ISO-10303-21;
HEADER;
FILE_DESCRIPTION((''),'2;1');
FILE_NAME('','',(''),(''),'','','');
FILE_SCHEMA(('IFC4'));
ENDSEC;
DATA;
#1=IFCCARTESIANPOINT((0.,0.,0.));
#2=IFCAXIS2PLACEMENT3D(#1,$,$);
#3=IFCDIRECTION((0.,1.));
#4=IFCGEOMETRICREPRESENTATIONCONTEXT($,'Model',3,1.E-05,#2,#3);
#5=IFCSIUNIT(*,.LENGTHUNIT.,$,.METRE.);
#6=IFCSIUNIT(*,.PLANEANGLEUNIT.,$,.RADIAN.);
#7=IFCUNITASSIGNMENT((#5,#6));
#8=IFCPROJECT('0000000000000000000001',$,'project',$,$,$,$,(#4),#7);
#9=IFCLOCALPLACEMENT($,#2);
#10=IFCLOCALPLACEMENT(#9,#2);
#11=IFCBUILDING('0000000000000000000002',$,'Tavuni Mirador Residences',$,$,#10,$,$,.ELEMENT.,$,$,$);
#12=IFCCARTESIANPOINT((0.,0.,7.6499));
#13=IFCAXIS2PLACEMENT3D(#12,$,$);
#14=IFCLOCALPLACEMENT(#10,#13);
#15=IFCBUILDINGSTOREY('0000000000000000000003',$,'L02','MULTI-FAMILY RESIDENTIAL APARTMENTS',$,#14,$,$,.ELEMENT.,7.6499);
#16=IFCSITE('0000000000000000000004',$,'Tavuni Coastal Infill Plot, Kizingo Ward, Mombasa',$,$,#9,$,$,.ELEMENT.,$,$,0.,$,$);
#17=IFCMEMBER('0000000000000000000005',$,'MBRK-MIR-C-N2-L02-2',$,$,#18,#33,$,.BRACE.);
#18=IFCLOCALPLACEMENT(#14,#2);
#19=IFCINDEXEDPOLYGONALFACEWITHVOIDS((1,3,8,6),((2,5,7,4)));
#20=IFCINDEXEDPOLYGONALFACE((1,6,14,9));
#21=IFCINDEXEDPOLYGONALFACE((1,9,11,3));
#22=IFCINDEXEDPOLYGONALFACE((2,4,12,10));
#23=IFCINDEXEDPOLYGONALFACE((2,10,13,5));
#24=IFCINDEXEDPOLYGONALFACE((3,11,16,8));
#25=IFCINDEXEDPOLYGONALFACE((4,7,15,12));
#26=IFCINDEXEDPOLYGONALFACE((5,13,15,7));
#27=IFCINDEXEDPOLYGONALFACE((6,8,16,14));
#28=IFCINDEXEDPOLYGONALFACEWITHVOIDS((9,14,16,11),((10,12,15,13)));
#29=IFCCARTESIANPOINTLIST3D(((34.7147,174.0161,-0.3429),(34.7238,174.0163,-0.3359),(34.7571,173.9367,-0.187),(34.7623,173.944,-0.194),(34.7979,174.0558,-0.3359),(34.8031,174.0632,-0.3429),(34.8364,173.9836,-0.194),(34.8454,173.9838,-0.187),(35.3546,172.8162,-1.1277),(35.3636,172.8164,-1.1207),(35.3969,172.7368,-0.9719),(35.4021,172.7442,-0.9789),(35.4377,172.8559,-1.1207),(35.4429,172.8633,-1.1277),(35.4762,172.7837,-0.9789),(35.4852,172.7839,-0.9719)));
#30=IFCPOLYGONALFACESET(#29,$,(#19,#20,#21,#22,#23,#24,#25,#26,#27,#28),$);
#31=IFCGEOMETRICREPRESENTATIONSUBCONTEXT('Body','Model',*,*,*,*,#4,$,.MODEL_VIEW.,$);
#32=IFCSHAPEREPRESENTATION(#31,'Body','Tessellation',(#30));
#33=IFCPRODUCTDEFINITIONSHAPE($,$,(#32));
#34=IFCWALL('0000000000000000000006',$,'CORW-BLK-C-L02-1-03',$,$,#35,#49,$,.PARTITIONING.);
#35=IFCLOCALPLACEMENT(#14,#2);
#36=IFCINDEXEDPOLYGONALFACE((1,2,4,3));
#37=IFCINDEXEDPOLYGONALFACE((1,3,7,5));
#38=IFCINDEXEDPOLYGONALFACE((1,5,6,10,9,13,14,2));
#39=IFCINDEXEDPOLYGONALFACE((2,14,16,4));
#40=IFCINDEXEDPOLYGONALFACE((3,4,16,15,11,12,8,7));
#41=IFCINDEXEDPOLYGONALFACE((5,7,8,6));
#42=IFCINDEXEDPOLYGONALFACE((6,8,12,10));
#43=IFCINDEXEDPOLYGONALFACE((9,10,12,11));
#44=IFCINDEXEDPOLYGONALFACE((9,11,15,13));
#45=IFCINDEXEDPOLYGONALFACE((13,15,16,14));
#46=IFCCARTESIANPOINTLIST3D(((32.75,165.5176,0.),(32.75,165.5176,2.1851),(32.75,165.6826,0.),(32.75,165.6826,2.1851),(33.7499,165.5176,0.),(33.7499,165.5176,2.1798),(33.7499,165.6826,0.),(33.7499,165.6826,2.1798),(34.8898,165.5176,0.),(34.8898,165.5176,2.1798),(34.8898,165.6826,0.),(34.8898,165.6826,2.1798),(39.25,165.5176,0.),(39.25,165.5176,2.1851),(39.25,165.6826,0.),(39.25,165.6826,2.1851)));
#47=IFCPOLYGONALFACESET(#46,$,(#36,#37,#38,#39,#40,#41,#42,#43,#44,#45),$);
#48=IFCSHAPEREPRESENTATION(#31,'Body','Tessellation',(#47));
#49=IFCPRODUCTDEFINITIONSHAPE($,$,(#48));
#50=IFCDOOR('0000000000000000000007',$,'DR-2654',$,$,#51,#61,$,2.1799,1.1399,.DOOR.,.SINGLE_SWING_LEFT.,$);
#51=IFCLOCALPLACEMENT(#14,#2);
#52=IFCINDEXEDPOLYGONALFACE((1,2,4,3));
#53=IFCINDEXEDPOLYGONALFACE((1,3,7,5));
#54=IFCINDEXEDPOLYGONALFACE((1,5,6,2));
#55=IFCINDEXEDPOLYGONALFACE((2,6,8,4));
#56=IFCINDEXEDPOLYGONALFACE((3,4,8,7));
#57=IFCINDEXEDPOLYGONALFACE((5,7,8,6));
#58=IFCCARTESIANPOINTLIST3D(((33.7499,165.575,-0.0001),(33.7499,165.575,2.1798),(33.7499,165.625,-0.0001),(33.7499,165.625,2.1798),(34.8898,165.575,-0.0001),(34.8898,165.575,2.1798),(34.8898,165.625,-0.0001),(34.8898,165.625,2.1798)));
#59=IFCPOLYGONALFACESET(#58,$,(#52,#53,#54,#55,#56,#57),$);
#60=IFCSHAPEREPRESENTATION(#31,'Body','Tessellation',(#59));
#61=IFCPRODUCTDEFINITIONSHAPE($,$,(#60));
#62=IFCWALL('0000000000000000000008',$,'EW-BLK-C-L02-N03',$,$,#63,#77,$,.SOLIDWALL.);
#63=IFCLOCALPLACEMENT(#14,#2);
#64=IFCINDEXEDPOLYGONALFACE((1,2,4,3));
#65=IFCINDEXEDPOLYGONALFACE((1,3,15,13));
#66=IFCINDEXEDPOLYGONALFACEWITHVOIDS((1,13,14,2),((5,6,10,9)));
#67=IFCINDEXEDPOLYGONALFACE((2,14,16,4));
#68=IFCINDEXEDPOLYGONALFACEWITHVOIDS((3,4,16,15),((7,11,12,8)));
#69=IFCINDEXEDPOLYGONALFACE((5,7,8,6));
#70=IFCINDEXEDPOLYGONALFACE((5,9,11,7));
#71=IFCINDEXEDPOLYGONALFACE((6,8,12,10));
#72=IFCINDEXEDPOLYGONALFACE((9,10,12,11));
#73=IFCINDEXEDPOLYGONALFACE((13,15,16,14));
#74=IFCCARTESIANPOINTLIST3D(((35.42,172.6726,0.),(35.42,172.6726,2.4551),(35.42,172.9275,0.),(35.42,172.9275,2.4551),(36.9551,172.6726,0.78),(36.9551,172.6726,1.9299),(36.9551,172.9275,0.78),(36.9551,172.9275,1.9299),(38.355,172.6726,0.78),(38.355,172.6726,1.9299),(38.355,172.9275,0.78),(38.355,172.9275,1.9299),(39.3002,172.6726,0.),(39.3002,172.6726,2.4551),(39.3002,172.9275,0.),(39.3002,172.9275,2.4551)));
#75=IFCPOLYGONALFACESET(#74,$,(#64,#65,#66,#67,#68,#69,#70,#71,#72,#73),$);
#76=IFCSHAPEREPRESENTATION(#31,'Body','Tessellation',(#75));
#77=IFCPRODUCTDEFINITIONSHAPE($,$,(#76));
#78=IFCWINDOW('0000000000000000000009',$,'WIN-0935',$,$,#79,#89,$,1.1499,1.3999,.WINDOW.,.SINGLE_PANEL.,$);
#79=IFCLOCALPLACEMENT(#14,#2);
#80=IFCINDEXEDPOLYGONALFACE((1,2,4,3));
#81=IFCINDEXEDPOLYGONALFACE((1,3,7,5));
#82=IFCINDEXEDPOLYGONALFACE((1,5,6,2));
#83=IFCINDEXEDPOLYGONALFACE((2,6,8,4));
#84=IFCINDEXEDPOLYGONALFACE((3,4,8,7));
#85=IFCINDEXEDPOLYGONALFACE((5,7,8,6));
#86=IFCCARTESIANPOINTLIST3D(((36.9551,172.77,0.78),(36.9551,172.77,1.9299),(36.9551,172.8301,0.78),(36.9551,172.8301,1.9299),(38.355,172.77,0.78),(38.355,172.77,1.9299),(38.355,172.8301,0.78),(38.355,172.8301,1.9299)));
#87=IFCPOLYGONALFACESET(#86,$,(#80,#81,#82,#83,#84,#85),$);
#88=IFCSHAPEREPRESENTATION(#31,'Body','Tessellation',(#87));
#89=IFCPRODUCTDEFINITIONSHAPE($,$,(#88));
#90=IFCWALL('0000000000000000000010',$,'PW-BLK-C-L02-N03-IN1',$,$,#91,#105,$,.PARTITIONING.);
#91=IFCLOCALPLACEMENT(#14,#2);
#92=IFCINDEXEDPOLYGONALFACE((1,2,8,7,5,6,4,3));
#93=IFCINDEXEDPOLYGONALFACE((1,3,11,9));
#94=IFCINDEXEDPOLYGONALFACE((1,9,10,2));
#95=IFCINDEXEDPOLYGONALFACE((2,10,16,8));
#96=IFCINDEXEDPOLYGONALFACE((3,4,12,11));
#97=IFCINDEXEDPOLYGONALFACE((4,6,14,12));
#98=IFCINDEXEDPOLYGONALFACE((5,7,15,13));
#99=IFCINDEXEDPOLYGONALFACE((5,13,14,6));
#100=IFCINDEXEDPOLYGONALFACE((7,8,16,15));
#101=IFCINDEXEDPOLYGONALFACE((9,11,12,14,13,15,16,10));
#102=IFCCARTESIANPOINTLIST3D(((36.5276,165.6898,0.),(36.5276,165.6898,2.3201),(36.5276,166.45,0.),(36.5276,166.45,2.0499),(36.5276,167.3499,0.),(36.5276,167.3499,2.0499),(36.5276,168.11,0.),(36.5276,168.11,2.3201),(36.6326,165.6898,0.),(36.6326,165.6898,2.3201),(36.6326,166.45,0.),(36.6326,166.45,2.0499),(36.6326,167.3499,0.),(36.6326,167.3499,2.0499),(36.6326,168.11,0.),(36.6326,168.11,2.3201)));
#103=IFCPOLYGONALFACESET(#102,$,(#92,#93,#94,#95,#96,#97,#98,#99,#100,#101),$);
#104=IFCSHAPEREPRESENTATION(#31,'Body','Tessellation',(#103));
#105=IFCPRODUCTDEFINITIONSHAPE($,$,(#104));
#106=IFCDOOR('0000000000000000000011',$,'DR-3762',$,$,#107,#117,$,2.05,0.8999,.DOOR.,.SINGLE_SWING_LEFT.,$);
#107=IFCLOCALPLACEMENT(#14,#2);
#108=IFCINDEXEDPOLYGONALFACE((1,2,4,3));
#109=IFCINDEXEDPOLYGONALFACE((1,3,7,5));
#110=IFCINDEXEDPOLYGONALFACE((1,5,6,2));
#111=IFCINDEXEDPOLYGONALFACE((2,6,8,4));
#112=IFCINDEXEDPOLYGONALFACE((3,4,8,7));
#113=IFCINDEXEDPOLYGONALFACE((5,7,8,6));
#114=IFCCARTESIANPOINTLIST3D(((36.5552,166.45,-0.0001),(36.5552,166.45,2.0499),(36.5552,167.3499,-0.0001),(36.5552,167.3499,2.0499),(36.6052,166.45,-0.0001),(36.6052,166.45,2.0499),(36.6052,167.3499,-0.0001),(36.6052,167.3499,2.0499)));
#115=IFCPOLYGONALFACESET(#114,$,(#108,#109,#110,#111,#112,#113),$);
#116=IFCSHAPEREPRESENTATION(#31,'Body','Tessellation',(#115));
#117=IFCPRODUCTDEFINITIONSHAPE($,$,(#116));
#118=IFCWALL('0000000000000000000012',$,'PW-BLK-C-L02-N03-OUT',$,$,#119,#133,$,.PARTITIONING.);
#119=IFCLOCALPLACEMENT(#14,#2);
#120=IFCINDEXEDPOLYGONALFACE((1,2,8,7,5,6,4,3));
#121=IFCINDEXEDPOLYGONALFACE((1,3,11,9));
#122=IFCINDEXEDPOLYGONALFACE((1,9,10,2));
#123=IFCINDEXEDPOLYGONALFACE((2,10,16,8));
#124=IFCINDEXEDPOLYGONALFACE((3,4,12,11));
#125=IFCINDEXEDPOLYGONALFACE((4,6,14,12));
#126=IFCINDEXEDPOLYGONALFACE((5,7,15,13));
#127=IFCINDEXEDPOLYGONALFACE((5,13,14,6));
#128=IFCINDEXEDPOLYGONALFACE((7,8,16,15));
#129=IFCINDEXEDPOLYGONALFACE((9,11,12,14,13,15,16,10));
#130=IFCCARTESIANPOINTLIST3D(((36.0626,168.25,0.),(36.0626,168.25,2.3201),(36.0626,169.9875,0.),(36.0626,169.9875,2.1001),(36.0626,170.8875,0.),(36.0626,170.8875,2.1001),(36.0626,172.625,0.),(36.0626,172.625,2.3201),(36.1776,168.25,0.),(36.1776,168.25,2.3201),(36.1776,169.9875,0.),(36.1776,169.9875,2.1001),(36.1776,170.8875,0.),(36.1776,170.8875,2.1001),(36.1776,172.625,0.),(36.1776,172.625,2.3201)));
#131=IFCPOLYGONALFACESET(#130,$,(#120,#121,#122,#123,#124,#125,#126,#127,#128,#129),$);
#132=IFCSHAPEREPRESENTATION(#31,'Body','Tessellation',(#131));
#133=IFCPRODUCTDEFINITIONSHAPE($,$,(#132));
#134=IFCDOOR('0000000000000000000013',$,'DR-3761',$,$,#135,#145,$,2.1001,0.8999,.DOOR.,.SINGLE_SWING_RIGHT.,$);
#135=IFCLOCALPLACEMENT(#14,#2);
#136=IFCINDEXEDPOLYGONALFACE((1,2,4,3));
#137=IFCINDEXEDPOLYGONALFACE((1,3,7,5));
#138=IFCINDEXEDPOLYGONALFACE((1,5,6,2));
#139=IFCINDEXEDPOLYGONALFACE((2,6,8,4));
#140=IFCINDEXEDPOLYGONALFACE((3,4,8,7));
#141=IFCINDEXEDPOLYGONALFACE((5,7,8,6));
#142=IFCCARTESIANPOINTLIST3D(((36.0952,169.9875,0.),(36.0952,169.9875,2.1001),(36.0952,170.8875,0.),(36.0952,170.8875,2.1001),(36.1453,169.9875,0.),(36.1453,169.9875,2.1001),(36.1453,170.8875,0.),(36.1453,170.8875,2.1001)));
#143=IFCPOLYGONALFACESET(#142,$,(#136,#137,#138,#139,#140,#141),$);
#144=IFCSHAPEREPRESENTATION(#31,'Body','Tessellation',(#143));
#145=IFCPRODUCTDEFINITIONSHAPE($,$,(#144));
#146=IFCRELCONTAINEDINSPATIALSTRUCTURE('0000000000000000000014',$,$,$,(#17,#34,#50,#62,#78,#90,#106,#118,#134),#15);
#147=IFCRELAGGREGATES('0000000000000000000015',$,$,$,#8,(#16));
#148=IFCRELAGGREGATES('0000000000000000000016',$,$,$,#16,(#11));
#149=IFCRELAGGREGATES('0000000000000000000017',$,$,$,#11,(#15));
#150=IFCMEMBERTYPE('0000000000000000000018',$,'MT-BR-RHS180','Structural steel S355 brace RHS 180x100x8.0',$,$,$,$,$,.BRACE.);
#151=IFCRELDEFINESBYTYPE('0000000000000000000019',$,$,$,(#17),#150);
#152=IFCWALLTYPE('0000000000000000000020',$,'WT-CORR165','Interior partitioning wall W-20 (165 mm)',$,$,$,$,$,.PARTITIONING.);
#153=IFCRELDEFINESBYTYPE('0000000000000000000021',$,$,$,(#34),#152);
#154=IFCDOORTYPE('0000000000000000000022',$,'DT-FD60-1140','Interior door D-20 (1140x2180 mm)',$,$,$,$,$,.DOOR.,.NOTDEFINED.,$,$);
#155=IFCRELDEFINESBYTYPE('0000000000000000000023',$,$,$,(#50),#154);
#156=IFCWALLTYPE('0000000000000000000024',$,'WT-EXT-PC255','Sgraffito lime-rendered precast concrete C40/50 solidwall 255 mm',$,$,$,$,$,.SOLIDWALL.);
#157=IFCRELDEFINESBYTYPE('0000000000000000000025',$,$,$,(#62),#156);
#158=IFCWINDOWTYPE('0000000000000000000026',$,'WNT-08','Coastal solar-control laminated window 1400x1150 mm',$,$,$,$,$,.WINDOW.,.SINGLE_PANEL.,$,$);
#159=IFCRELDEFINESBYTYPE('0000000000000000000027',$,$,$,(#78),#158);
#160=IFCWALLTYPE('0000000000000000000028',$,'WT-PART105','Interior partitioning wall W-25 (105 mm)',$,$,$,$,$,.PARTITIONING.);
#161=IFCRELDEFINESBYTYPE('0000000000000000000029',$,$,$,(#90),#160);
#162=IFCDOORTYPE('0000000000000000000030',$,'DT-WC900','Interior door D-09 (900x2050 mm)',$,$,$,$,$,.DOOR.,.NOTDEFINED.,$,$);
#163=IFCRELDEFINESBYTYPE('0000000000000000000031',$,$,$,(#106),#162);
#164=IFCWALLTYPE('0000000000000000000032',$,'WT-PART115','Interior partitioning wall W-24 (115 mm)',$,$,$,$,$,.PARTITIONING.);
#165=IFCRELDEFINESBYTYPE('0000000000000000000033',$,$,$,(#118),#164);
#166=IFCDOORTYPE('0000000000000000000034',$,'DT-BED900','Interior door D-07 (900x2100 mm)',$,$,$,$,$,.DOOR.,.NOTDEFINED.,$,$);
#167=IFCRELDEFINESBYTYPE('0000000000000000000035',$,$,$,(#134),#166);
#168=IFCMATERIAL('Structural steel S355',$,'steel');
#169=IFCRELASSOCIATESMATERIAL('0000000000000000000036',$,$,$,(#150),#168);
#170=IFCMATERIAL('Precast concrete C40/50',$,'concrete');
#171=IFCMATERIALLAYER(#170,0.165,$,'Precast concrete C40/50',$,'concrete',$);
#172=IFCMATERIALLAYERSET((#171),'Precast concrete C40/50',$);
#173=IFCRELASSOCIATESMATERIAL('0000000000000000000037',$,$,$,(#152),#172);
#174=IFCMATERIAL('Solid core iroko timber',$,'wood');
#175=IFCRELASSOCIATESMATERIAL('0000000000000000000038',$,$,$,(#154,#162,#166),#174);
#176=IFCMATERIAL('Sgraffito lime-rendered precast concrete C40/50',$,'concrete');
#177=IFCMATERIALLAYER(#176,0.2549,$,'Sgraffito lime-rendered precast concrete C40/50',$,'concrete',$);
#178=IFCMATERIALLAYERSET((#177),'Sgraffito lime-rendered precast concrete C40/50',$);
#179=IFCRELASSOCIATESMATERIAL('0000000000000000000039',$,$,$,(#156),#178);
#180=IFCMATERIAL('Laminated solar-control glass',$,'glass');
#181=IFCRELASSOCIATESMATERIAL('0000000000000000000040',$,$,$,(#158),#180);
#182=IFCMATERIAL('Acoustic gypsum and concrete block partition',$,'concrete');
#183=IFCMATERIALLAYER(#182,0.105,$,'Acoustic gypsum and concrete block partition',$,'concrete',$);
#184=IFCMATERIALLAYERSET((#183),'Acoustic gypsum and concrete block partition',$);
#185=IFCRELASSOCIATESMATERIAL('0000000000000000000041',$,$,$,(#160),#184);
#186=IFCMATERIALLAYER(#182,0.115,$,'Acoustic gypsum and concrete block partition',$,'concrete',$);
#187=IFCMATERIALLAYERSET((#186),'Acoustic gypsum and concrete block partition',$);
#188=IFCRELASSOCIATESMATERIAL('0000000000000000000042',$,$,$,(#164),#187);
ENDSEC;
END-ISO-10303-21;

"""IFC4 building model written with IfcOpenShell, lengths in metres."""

from ifc_helpers import new_model, si_unit, direction, frame, frame_2d, origin, origin_2d, place, context, subcontext, project, spatial, rectangle, hollow_rectangle, extrude, material, layer, layer_set, material_profile, profile_set, type_object, element, fill, save


model = new_model("IFC4")

# Units and contexts
model_context = context("Model", 3, precision=1e-05, world=origin(), true_north=direction((0.0, 1.0)))
body_context = subcontext(model_context, "Body", "Model", "MODEL_VIEW")
ifc_project = project(units=[si_unit("LENGTHUNIT", "METRE"), si_unit("PLANEANGLEUNIT", "RADIAN")], contexts=[model_context])

# Site, building, storey
site_placement = place(None, origin())
site = spatial("IfcSite", under=ifc_project, at=site_placement, Name="Tavuni Coastal Infill Plot, Kizingo Ward, Mombasa", CompositionType="ELEMENT", RefElevation=0.0)
building_placement = place(site_placement, origin())
building = spatial("IfcBuilding", under=site, at=building_placement, Name="Tavuni Mirador Residences", CompositionType="ELEMENT")
storey_placement = place(building_placement, frame((0.0, 0.0, 7.6499)))
storey = spatial("IfcBuildingStorey", under=building, at=storey_placement, Name="L02", Description="MULTI-FAMILY RESIDENTIAL APARTMENTS", CompositionType="ELEMENT", Elevation=7.6499)

# Shared definitions
ifc_material_1 = material(Name="Precast concrete C40/50", Category="concrete")

# Member
ifc_material_2 = material(Name="Structural steel S355", Category="steel")
ifc_material_profile_1 = material_profile(ifc_material_2, hollow_rectangle(XDim=0.1001, YDim=0.1799, WallThickness=0.0081, at=origin_2d()), Name="RHS 180x100x8.0", Category="steel")
ifc_profile_set_1 = profile_set([ifc_material_profile_1], Name="Structural steel S355")
member_type_1 = type_object("IfcMemberType", Name="MT-BR-RHS180", Description="Structural steel S355 brace RHS 180x100x8.0", PredefinedType="BRACE", material=ifc_profile_set_1)
member_1_placement = place(storey_placement, frame((35.4199, 172.8, -1.0498), z_axis=(-0.407531, 0.764218, 0.49989), x_axis=(-0.882378, -0.470542, 0.0)))
element("IfcMember", 1, at=member_1_placement, inside=storey, type_object=member_type_1, Name="MBRK-MIR-C-N2-L02-2", PredefinedType="BRACE", context=body_context, shape_type="SweptSolid", body=[
    extrude(hollow_rectangle(XDim=0.1001, YDim=0.1799, WallThickness=0.0081, at=origin_2d()), origin(), (0.0, 0.0, 1.0), 1.5701),
])

# Wall, opening, door
ifc_layer_1 = layer(ifc_material_1, 0.165, Name="Precast concrete C40/50", Category="concrete")
ifc_layer_set_1 = layer_set([ifc_layer_1], Name="Precast concrete C40/50")
wall_type_1 = type_object("IfcWallType", Name="WT-CORR165", Description="Interior partitioning wall W-20 (165 mm)", PredefinedType="PARTITIONING", material=ifc_layer_set_1)
wall_1_placement = place(storey_placement, frame((32.75, 165.6001, 0.0), z_axis=(0.0, 0.0, 1.0), x_axis=(1.0, 0.0, 0.0)))
wall_1 = element("IfcWall", 2, at=wall_1_placement, inside=storey, type_object=wall_type_1, Name="CORW-BLK-C-L02-1-03", PredefinedType="PARTITIONING", context=body_context, shape_type="SweptSolid", body=[
    extrude(rectangle(XDim=6.5, YDim=0.165, at=frame_2d((3.25, 0.0))), origin(), (0.0, 0.0, 1.0), 2.1851),
])
opening_1_placement = place(wall_1_placement, frame((1.0, 0.0, 0.0)))
opening_1 = element("IfcOpeningElement", 3, at=opening_1_placement, cuts=wall_1, PredefinedType="OPENING", context=body_context, shape_type="SweptSolid", body=[
    extrude(rectangle(XDim=1.1399, YDim=2.1799, at=frame_2d((0.5698, 1.0898))), frame((0.0, 0.0925, 0.0), z_axis=(0.0, -1.0, 0.0), x_axis=(1.0, 0.0, 0.0)), (0.0, 0.0, 1.0), 0.1851),
])
ifc_material_3 = material(Name="Solid core iroko timber", Category="wood")
door_type_1 = type_object("IfcDoorType", Name="DT-FD60-1140", Description="Interior door D-20 (1140x2180 mm)", OperationType="NOTDEFINED", PredefinedType="DOOR", material=ifc_material_3)
door_1_placement = place(opening_1_placement, origin())
door_1 = element("IfcDoor", 4, at=door_1_placement, inside=storey, type_object=door_type_1, Name="DR-2654", OperationType="SINGLE_SWING_LEFT", OverallHeight=2.1799, OverallWidth=1.1399, PredefinedType="DOOR", context=body_context, shape_type="SweptSolid", body=[
    extrude(rectangle(XDim=1.1399, YDim=2.1799, at=frame_2d((0.5698, 1.0898))), frame((0.0, 0.0249, 0.0), z_axis=(0.0, -1.0, 0.0), x_axis=(1.0, 0.0, 0.0)), (0.0, 0.0, 1.0), 0.05),
])
fill(opening_1, door_1)

# Wall, opening, window
ifc_material_4 = material(Name="Sgraffito lime-rendered precast concrete C40/50", Category="concrete")
ifc_layer_2 = layer(ifc_material_4, 0.2549, Name="Sgraffito lime-rendered precast concrete C40/50", Category="concrete")
ifc_layer_set_2 = layer_set([ifc_layer_2], Name="Sgraffito lime-rendered precast concrete C40/50")
wall_type_2 = type_object("IfcWallType", Name="WT-EXT-PC255", Description="Sgraffito lime-rendered precast concrete C40/50 solidwall 255 mm", PredefinedType="SOLIDWALL", material=ifc_layer_set_2)
wall_2_placement = place(storey_placement, frame((39.3, 172.8, 0.0), z_axis=(0.0, 0.0, 1.0), x_axis=(-1.0, 0.0, 0.0)))
wall_2 = element("IfcWall", 5, at=wall_2_placement, inside=storey, type_object=wall_type_2, Name="EW-BLK-C-L02-N03", PredefinedType="SOLIDWALL", context=body_context, shape_type="SweptSolid", body=[
    extrude(rectangle(XDim=3.8801, YDim=0.2549, at=frame_2d((1.9399, 0.0))), origin(), (0.0, 0.0, 1.0), 2.4551),
])
opening_2_placement = place(wall_2_placement, frame((0.9451, 0.0, 0.78)))
opening_2 = element("IfcOpeningElement", 6, at=opening_2_placement, cuts=wall_2, PredefinedType="OPENING", context=body_context, shape_type="SweptSolid", body=[
    extrude(rectangle(XDim=1.3999, YDim=1.1499, at=frame_2d((0.7, 0.575))), frame((0.0, 0.1375, 0.0), z_axis=(0.0, -1.0, 0.0), x_axis=(1.0, 0.0, 0.0)), (0.0, 0.0, 1.0), 0.2749),
])
ifc_material_5 = material(Name="Laminated solar-control glass", Category="glass")
window_type = type_object("IfcWindowType", Name="WNT-08", Description="Coastal solar-control laminated window 1400x1150 mm", PartitioningType="SINGLE_PANEL", PredefinedType="WINDOW", material=ifc_material_5)
window_placement = place(opening_2_placement, origin())
window = element("IfcWindow", 7, at=window_placement, inside=storey, type_object=window_type, Name="WIN-0935", OverallHeight=1.1499, OverallWidth=1.3999, PartitioningType="SINGLE_PANEL", PredefinedType="WINDOW", context=body_context, shape_type="SweptSolid", body=[
    extrude(rectangle(XDim=1.3999, YDim=1.1499, at=frame_2d((0.7, 0.575))), frame((0.0, 0.03, 0.0), z_axis=(0.0, -1.0, 0.0), x_axis=(1.0, 0.0, 0.0)), (0.0, 0.0, 1.0), 0.0601),
])
fill(opening_2, window)

# Walls, openings, doors
ifc_material_6 = material(Name="Acoustic gypsum and concrete block partition", Category="concrete")
ifc_layer_3 = layer(ifc_material_6, 0.105, Name="Acoustic gypsum and concrete block partition", Category="concrete")
ifc_layer_set_3 = layer_set([ifc_layer_3], Name="Acoustic gypsum and concrete block partition")
wall_type_3 = type_object("IfcWallType", Name="WT-PART105", Description="Interior partitioning wall W-25 (105 mm)", PredefinedType="PARTITIONING", material=ifc_layer_set_3)
wall_3_placement = place(storey_placement, frame((36.5801, 165.6899, 0.0), z_axis=(0.0, 0.0, 1.0), x_axis=(0.0, 1.0, 0.0)))
wall_3 = element("IfcWall", 8, at=wall_3_placement, inside=storey, type_object=wall_type_3, Name="PW-BLK-C-L02-N03-IN1", PredefinedType="PARTITIONING", context=body_context, shape_type="SweptSolid", body=[
    extrude(rectangle(XDim=2.4202, YDim=0.105, at=frame_2d((1.21, 0.0))), origin(), (0.0, 0.0, 1.0), 2.3201),
])
opening_3_placement = place(wall_3_placement, frame((0.76, 0.0, 0.0)))
opening_3 = element("IfcOpeningElement", 9, at=opening_3_placement, cuts=wall_3, PredefinedType="OPENING", context=body_context, shape_type="SweptSolid", body=[
    extrude(rectangle(XDim=0.8999, YDim=2.05, at=frame_2d((0.45, 1.0249))), frame((0.0, 0.0625, 0.0), z_axis=(0.0, -1.0, 0.0), x_axis=(1.0, 0.0, 0.0)), (0.0, 0.0, 1.0), 0.125),
])
door_type_2 = type_object("IfcDoorType", Name="DT-WC900", Description="Interior door D-09 (900x2050 mm)", OperationType="NOTDEFINED", PredefinedType="DOOR", material=ifc_material_3)
door_2_placement = place(opening_3_placement, origin())
door_2 = element("IfcDoor", 10, at=door_2_placement, inside=storey, type_object=door_type_2, Name="DR-3762", OperationType="SINGLE_SWING_LEFT", OverallHeight=2.05, OverallWidth=0.8999, PredefinedType="DOOR", context=body_context, shape_type="SweptSolid", body=[
    extrude(rectangle(XDim=0.8999, YDim=2.05, at=frame_2d((0.45, 1.0249))), frame((0.0, 0.0249, 0.0), z_axis=(0.0, -1.0, 0.0), x_axis=(1.0, 0.0, 0.0)), (0.0, 0.0, 1.0), 0.05),
])
fill(opening_3, door_2)
ifc_layer_4 = layer(ifc_material_6, 0.115, Name="Acoustic gypsum and concrete block partition", Category="concrete")
ifc_layer_set_4 = layer_set([ifc_layer_4], Name="Acoustic gypsum and concrete block partition")
wall_type_4 = type_object("IfcWallType", Name="WT-PART115", Description="Interior partitioning wall W-24 (115 mm)", PredefinedType="PARTITIONING", material=ifc_layer_set_4)
wall_4_placement = place(storey_placement, frame((36.1201, 168.25, 0.0), z_axis=(0.0, 0.0, 1.0), x_axis=(0.0, 1.0, 0.0)))
wall_4 = element("IfcWall", 11, at=wall_4_placement, inside=storey, type_object=wall_type_4, Name="PW-BLK-C-L02-N03-OUT", PredefinedType="PARTITIONING", context=body_context, shape_type="SweptSolid", body=[
    extrude(rectangle(XDim=4.375, YDim=0.115, at=frame_2d((2.1875, 0.0))), origin(), (0.0, 0.0, 1.0), 2.3201),
])
opening_4_placement = place(wall_4_placement, frame((1.7375, 0.0, 0.0)))
opening_4 = element("IfcOpeningElement", 12, at=opening_4_placement, cuts=wall_4, PredefinedType="OPENING", context=body_context, shape_type="SweptSolid", body=[
    extrude(rectangle(XDim=0.8999, YDim=2.1001, at=frame_2d((0.45, 1.05))), frame((0.0, 0.0674, 0.0), z_axis=(0.0, -1.0, 0.0), x_axis=(1.0, 0.0, 0.0)), (0.0, 0.0, 1.0), 0.135),
])
door_type_3 = type_object("IfcDoorType", Name="DT-BED900", Description="Interior door D-07 (900x2100 mm)", OperationType="NOTDEFINED", PredefinedType="DOOR", material=ifc_material_3)
door_3_placement = place(opening_4_placement, origin())
door_3 = element("IfcDoor", 13, at=door_3_placement, inside=storey, type_object=door_type_3, Name="DR-3761", OperationType="SINGLE_SWING_RIGHT", OverallHeight=2.1001, OverallWidth=0.8999, PredefinedType="DOOR", context=body_context, shape_type="SweptSolid", body=[
    extrude(rectangle(XDim=0.8999, YDim=2.1001, at=frame_2d((0.45, 1.05))), frame((0.0, 0.0249, 0.0), z_axis=(0.0, -1.0, 0.0), x_axis=(1.0, 0.0, 0.0)), (0.0, 0.0, 1.0), 0.05),
])
fill(opening_4, door_3)

save(model, "model.ifc")
